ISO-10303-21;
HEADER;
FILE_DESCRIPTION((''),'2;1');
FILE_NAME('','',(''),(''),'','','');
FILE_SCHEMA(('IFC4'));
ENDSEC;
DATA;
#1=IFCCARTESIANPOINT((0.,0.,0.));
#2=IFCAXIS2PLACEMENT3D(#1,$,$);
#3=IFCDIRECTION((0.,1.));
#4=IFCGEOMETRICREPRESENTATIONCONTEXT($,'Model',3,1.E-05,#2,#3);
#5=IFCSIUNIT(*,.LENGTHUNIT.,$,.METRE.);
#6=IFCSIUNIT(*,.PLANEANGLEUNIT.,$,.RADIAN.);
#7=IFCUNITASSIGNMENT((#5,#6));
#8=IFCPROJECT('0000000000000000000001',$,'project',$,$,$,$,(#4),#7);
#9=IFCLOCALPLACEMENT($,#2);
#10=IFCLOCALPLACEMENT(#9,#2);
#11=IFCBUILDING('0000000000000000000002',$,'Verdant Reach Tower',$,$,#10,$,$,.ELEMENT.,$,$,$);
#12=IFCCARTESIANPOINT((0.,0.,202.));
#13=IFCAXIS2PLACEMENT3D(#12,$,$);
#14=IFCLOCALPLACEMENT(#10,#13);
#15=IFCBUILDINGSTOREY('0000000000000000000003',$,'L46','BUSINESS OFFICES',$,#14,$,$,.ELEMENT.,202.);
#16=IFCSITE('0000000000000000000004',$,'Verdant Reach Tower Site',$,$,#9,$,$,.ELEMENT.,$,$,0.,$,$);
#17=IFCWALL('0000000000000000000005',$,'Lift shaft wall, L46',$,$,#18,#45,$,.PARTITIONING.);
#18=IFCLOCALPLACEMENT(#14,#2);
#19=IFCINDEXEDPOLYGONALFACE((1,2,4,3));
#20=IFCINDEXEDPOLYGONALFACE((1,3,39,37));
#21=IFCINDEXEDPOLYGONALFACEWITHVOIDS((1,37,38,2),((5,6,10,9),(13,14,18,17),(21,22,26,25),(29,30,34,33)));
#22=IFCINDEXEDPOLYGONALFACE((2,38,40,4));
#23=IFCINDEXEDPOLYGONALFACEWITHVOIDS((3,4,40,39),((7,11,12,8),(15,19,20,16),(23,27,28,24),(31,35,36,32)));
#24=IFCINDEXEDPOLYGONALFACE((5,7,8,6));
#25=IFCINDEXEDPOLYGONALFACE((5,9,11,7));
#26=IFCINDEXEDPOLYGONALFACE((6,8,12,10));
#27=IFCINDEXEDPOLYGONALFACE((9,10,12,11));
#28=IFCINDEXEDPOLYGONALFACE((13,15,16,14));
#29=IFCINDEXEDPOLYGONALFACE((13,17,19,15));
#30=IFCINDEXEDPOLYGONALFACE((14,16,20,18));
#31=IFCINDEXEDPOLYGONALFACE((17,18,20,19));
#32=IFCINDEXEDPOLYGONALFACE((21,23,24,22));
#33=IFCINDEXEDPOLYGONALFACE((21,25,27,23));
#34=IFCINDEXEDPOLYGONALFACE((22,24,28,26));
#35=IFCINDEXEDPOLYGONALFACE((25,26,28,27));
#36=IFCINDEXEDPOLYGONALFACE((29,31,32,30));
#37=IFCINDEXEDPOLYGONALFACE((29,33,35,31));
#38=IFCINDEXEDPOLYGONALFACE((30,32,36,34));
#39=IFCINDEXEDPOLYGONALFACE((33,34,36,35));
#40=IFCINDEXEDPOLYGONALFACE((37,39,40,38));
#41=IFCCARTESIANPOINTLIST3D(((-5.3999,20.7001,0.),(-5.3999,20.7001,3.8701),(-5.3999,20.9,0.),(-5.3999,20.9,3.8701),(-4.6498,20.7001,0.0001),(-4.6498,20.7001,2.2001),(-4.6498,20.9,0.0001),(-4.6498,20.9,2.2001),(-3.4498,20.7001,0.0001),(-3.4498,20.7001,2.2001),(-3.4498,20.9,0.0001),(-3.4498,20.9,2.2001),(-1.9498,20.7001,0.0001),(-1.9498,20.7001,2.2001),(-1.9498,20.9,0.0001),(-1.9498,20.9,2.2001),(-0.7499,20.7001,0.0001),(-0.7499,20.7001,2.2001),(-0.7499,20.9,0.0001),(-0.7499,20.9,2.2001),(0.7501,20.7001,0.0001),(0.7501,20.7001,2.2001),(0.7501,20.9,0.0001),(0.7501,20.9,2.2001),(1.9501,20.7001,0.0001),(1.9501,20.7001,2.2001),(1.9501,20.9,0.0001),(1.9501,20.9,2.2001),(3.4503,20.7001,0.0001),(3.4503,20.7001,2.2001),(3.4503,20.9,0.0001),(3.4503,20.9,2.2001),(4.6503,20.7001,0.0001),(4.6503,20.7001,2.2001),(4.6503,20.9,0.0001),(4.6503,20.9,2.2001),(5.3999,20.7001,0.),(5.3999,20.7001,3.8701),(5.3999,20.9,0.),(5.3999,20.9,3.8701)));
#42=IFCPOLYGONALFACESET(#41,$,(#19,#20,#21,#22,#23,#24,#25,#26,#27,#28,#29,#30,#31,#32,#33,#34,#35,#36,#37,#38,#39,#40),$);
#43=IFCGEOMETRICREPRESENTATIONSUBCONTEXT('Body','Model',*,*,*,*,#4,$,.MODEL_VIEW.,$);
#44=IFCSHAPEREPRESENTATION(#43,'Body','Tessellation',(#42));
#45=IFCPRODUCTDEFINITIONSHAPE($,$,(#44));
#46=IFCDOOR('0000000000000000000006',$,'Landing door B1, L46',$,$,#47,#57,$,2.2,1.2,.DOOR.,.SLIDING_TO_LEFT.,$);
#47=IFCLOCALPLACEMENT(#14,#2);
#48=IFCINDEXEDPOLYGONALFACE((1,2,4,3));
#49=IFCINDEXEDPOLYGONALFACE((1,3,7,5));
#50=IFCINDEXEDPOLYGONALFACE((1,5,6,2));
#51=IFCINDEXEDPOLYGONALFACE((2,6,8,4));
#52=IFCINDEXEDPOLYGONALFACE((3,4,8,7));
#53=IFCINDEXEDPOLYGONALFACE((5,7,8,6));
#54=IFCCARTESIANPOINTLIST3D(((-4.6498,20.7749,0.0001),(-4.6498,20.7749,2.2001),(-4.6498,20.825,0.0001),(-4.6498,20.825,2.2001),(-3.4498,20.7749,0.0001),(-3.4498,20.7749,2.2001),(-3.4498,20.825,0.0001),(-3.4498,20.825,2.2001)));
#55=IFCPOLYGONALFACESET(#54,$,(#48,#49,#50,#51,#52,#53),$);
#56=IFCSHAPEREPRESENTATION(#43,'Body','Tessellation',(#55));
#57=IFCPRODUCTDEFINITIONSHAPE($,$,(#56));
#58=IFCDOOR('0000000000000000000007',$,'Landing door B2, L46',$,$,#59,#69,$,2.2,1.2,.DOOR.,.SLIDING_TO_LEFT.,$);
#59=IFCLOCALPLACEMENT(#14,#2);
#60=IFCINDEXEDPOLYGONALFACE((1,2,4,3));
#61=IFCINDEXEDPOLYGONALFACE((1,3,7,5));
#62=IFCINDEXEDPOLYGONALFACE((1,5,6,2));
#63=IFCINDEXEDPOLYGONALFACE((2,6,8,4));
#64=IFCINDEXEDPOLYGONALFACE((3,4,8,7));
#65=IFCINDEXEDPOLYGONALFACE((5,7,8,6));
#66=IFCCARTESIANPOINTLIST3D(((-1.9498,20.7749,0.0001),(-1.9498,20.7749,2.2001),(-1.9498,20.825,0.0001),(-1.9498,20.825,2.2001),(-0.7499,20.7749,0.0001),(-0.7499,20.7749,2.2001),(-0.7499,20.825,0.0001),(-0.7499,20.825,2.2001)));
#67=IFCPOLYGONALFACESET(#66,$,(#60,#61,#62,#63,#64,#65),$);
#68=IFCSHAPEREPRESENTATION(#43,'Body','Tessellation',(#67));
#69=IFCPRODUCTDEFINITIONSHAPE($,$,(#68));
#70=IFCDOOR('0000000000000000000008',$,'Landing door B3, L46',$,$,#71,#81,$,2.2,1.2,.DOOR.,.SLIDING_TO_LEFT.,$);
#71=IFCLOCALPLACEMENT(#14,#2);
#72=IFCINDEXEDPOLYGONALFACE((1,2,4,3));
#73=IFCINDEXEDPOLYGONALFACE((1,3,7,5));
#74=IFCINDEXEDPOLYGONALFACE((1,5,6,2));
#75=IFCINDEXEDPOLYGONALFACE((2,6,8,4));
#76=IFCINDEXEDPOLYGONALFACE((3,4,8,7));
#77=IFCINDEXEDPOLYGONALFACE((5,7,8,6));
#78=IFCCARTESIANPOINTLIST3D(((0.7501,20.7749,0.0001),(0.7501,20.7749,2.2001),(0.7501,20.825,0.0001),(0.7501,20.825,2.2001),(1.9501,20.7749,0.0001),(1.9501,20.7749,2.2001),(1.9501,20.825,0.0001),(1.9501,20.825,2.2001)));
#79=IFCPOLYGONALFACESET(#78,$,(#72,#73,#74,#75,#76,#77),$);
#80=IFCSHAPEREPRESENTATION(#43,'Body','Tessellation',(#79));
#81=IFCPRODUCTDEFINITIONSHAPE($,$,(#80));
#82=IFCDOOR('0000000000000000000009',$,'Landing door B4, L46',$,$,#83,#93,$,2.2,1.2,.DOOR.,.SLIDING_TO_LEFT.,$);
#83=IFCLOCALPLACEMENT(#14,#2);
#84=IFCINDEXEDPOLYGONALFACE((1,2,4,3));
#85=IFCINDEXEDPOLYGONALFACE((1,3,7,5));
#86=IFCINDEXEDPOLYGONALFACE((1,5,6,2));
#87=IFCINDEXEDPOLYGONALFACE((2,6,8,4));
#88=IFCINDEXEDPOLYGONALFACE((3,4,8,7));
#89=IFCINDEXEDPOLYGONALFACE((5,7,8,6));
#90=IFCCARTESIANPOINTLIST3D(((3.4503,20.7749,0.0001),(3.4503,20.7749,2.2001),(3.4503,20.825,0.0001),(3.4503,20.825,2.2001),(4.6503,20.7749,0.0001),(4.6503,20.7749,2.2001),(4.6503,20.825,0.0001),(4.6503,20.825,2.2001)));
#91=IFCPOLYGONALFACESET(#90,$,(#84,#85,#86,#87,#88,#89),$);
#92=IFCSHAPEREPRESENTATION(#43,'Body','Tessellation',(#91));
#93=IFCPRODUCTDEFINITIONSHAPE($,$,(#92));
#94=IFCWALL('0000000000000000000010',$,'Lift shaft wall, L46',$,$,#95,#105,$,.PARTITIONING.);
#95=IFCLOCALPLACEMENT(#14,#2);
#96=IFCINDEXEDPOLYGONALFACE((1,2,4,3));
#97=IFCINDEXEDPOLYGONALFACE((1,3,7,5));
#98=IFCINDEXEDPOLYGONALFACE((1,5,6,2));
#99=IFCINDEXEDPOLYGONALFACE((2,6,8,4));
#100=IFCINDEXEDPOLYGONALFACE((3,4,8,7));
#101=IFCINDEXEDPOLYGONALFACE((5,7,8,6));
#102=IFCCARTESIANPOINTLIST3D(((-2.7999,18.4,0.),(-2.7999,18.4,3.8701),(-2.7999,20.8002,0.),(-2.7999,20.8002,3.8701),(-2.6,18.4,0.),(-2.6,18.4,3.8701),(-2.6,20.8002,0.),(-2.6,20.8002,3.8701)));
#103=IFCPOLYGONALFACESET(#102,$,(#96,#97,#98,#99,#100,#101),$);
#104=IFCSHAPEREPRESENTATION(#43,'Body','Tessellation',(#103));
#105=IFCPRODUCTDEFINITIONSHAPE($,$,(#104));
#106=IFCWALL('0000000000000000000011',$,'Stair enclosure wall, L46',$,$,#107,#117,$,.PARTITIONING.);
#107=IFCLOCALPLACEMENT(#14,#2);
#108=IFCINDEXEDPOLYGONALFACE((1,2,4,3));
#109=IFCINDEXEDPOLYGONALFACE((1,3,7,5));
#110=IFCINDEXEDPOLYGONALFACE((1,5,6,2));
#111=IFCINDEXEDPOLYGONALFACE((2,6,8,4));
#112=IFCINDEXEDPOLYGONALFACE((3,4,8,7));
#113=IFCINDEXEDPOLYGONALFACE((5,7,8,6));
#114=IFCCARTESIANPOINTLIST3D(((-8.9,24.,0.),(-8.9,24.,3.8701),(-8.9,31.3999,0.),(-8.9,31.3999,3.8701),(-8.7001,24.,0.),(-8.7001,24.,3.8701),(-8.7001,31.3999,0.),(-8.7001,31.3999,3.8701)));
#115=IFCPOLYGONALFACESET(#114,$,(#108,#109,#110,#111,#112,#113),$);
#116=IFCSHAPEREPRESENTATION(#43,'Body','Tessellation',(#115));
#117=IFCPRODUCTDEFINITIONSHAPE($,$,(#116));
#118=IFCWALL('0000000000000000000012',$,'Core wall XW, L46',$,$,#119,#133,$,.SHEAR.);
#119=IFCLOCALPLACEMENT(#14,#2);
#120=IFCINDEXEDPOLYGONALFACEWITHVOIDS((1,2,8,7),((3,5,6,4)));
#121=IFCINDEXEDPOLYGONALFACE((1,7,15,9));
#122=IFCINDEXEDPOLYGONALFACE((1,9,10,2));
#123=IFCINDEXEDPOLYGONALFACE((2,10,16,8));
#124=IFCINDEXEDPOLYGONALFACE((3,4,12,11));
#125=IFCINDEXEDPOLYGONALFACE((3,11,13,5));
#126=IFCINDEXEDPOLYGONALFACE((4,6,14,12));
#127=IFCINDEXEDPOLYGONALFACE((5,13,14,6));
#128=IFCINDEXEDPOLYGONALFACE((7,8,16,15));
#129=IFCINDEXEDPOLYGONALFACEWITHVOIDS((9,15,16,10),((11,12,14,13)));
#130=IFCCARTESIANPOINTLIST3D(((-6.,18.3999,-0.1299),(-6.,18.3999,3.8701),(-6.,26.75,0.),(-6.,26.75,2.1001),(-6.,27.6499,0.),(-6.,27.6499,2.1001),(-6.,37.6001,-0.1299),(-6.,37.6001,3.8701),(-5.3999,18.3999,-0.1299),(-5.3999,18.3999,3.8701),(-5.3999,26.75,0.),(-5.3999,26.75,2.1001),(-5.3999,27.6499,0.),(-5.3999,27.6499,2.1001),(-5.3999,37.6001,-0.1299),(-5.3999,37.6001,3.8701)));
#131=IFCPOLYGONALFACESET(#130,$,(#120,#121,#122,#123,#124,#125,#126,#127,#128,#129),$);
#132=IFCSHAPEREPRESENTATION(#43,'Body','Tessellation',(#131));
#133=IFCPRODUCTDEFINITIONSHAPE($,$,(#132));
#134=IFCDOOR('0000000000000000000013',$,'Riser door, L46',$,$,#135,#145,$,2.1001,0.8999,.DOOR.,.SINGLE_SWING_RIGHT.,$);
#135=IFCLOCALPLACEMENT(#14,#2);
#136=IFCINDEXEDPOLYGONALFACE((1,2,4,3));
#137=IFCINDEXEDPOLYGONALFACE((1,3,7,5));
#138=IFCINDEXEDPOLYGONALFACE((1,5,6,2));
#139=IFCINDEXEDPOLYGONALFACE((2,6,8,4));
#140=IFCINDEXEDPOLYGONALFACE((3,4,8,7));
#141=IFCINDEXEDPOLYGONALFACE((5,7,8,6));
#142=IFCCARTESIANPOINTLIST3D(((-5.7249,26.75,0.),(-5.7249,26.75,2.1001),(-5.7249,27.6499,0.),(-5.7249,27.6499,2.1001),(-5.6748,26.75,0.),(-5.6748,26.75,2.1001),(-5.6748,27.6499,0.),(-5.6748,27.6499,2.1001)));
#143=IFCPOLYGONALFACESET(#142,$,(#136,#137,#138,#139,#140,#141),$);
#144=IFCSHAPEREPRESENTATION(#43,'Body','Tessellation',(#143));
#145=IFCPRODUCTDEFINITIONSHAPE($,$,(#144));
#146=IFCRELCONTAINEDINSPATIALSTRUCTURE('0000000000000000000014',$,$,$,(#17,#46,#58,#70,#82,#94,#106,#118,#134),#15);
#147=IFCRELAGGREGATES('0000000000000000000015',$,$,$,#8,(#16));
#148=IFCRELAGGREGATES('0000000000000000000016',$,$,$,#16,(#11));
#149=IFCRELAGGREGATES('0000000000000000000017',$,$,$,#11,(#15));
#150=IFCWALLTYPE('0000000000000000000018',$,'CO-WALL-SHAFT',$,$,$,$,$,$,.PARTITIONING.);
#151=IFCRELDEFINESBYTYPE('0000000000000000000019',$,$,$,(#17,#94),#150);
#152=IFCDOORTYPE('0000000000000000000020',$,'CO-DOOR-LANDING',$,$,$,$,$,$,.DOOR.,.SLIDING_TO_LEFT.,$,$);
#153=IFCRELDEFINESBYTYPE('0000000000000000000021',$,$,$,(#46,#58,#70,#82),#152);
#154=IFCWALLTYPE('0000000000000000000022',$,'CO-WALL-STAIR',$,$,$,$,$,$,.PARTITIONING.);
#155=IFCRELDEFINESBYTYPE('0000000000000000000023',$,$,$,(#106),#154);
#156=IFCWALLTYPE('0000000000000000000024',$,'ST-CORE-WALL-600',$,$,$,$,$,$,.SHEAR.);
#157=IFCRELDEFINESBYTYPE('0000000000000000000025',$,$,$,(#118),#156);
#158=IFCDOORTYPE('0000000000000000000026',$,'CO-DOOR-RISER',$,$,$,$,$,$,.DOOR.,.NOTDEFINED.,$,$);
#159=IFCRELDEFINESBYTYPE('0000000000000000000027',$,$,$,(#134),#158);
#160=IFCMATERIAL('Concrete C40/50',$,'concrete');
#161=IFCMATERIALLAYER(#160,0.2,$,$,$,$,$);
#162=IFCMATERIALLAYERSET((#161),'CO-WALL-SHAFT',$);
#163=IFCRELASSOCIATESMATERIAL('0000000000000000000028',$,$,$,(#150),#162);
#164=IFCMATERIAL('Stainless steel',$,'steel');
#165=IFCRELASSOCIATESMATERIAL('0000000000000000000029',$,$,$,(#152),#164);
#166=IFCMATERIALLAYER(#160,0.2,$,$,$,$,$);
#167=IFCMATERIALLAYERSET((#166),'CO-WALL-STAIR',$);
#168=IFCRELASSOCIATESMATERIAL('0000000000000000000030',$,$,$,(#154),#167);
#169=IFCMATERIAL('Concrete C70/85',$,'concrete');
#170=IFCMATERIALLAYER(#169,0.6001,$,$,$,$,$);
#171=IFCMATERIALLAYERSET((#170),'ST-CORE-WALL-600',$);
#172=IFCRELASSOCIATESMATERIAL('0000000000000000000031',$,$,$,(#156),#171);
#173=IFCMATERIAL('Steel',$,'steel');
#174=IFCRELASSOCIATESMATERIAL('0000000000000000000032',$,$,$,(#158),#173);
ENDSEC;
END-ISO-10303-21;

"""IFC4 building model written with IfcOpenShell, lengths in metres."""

from ifc_helpers import new_model, si_unit, direction, frame, frame_2d, origin, place, context, subcontext, project, spatial, rectangle, extrude, material, layer, layer_set, type_object, element, fill, save


model = new_model("IFC4")

# Units and contexts
model_context = context("Model", 3, precision=1e-05, world=origin(), true_north=direction((0.0, 1.0)))
body_context = subcontext(model_context, "Body", "Model", "MODEL_VIEW")
ifc_project = project(units=[si_unit("LENGTHUNIT", "METRE"), si_unit("PLANEANGLEUNIT", "RADIAN")], contexts=[model_context])

# Site, building, storey
site_placement = place(None, origin())
site = spatial("IfcSite", under=ifc_project, at=site_placement, Name="Verdant Reach Tower Site", CompositionType="ELEMENT", RefElevation=0.0)
building_placement = place(site_placement, origin())
building = spatial("IfcBuilding", under=site, at=building_placement, Name="Verdant Reach Tower", CompositionType="ELEMENT")
storey_placement = place(building_placement, frame((0.0, 0.0, 202.0)))
storey = spatial("IfcBuildingStorey", under=building, at=storey_placement, Name="L46", Description="BUSINESS OFFICES", CompositionType="ELEMENT", Elevation=202.0)

# Wall, openings, doors
ifc_material_1 = material(Name="Concrete C40/50", Category="concrete")
ifc_layer_1 = layer(ifc_material_1, 0.2)
ifc_layer_set_1 = layer_set([ifc_layer_1], Name="CO-WALL-SHAFT")
wall_type_1 = type_object("IfcWallType", Name="CO-WALL-SHAFT", PredefinedType="PARTITIONING", material=ifc_layer_set_1)
wall_1_placement = place(storey_placement, frame((-5.3999, 20.8, 0.0), z_axis=(0.0, 0.0, 1.0), x_axis=(1.0, 0.0, 0.0)))
wall_1 = element("IfcWall", 1, at=wall_1_placement, inside=storey, type_object=wall_type_1, Name="Lift shaft wall, L46", PredefinedType="PARTITIONING", context=body_context, shape_type="SweptSolid", body=[
    extrude(rectangle(XDim=10.7998, YDim=0.2, at=frame_2d((5.3999, 0.0))), origin(), (0.0, 0.0, 1.0), 3.8701),
])
opening_1_placement = place(wall_1_placement, frame((0.75, 0.0, 0.0)))
opening_1 = element("IfcOpeningElement", 2, at=opening_1_placement, cuts=wall_1, PredefinedType="OPENING", context=body_context, shape_type="SweptSolid", body=[
    extrude(rectangle(XDim=1.2, YDim=2.2, at=frame_2d((0.6001, 1.1001))), frame((0.0, 0.1099, 0.0), z_axis=(0.0, -1.0, 0.0), x_axis=(1.0, 0.0, 0.0)), (0.0, 0.0, 1.0), 0.22),
])
opening_2_placement = place(wall_1_placement, frame((3.45, 0.0, 0.0)))
opening_2 = element("IfcOpeningElement", 3, at=opening_2_placement, cuts=wall_1, PredefinedType="OPENING", context=body_context, shape_type="SweptSolid", body=[
    extrude(rectangle(XDim=1.2, YDim=2.2, at=frame_2d((0.6001, 1.1001))), frame((0.0, 0.1099, 0.0), z_axis=(0.0, -1.0, 0.0), x_axis=(1.0, 0.0, 0.0)), (0.0, 0.0, 1.0), 0.22),
])
opening_3_placement = place(wall_1_placement, frame((6.1499, 0.0, 0.0)))
opening_3 = element("IfcOpeningElement", 4, at=opening_3_placement, cuts=wall_1, PredefinedType="OPENING", context=body_context, shape_type="SweptSolid", body=[
    extrude(rectangle(XDim=1.2, YDim=2.2, at=frame_2d((0.6001, 1.1001))), frame((0.0, 0.1099, 0.0), z_axis=(0.0, -1.0, 0.0), x_axis=(1.0, 0.0, 0.0)), (0.0, 0.0, 1.0), 0.22),
])
opening_4_placement = place(wall_1_placement, frame((8.8501, 0.0, 0.0)))
opening_4 = element("IfcOpeningElement", 5, at=opening_4_placement, cuts=wall_1, PredefinedType="OPENING", context=body_context, shape_type="SweptSolid", body=[
    extrude(rectangle(XDim=1.2, YDim=2.2, at=frame_2d((0.6001, 1.1001))), frame((0.0, 0.1099, 0.0), z_axis=(0.0, -1.0, 0.0), x_axis=(1.0, 0.0, 0.0)), (0.0, 0.0, 1.0), 0.22),
])
ifc_material_2 = material(Name="Stainless steel", Category="steel")
door_type_1 = type_object("IfcDoorType", Name="CO-DOOR-LANDING", OperationType="SLIDING_TO_LEFT", PredefinedType="DOOR", material=ifc_material_2)
door_1_placement = place(opening_1_placement, origin())
door_1 = element("IfcDoor", 6, at=door_1_placement, inside=storey, type_object=door_type_1, Name="Landing door B1, L46", OperationType="SLIDING_TO_LEFT", OverallHeight=2.2, OverallWidth=1.2, PredefinedType="DOOR", context=body_context, shape_type="SweptSolid", body=[
    extrude(rectangle(XDim=1.2, YDim=2.2, at=frame_2d((0.6001, 1.1001))), frame((0.0, 0.0249, 0.0), z_axis=(0.0, -1.0, 0.0), x_axis=(1.0, 0.0, 0.0)), (0.0, 0.0, 1.0), 0.05),
])
fill(opening_1, door_1)
door_2_placement = place(opening_2_placement, origin())
door_2 = element("IfcDoor", 7, at=door_2_placement, inside=storey, type_object=door_type_1, Name="Landing door B2, L46", OperationType="SLIDING_TO_LEFT", OverallHeight=2.2, OverallWidth=1.2, PredefinedType="DOOR", context=body_context, shape_type="SweptSolid", body=[
    extrude(rectangle(XDim=1.2, YDim=2.2, at=frame_2d((0.6001, 1.1001))), frame((0.0, 0.0249, 0.0), z_axis=(0.0, -1.0, 0.0), x_axis=(1.0, 0.0, 0.0)), (0.0, 0.0, 1.0), 0.05),
])
fill(opening_2, door_2)
door_3_placement = place(opening_3_placement, origin())
door_3 = element("IfcDoor", 8, at=door_3_placement, inside=storey, type_object=door_type_1, Name="Landing door B3, L46", OperationType="SLIDING_TO_LEFT", OverallHeight=2.2, OverallWidth=1.2, PredefinedType="DOOR", context=body_context, shape_type="SweptSolid", body=[
    extrude(rectangle(XDim=1.2, YDim=2.2, at=frame_2d((0.6001, 1.1001))), frame((0.0, 0.0249, 0.0), z_axis=(0.0, -1.0, 0.0), x_axis=(1.0, 0.0, 0.0)), (0.0, 0.0, 1.0), 0.05),
])
fill(opening_3, door_3)
door_4_placement = place(opening_4_placement, origin())
door_4 = element("IfcDoor", 9, at=door_4_placement, inside=storey, type_object=door_type_1, Name="Landing door B4, L46", OperationType="SLIDING_TO_LEFT", OverallHeight=2.2, OverallWidth=1.2, PredefinedType="DOOR", context=body_context, shape_type="SweptSolid", body=[
    extrude(rectangle(XDim=1.2, YDim=2.2, at=frame_2d((0.6001, 1.1001))), frame((0.0, 0.0249, 0.0), z_axis=(0.0, -1.0, 0.0), x_axis=(1.0, 0.0, 0.0)), (0.0, 0.0, 1.0), 0.05),
])
fill(opening_4, door_4)

# Walls
wall_2_placement = place(storey_placement, frame((-2.7, 18.3999, 0.0), z_axis=(0.0, 0.0, 1.0), x_axis=(0.0, 1.0, 0.0)))
element("IfcWall", 10, at=wall_2_placement, inside=storey, type_object=wall_type_1, Name="Lift shaft wall, L46", PredefinedType="PARTITIONING", context=body_context, shape_type="SweptSolid", body=[
    extrude(rectangle(XDim=2.4001, YDim=0.2, at=frame_2d((1.2002, 0.0))), origin(), (0.0, 0.0, 1.0), 3.8701),
])
ifc_layer_2 = layer(ifc_material_1, 0.2)
ifc_layer_set_2 = layer_set([ifc_layer_2], Name="CO-WALL-STAIR")
wall_type_2 = type_object("IfcWallType", Name="CO-WALL-STAIR", PredefinedType="PARTITIONING", material=ifc_layer_set_2)
wall_3_placement = place(storey_placement, frame((-8.8, 24.0, 0.0), z_axis=(0.0, 0.0, 1.0), x_axis=(0.0, 1.0, 0.0)))
element("IfcWall", 11, at=wall_3_placement, inside=storey, type_object=wall_type_2, Name="Stair enclosure wall, L46", PredefinedType="PARTITIONING", context=body_context, shape_type="SweptSolid", body=[
    extrude(rectangle(XDim=7.3999, YDim=0.2, at=frame_2d((3.7, 0.0))), origin(), (0.0, 0.0, 1.0), 3.8701),
])

# Wall, opening, door
ifc_material_3 = material(Name="Concrete C70/85", Category="concrete")
ifc_layer_3 = layer(ifc_material_3, 0.6001)
ifc_layer_set_3 = layer_set([ifc_layer_3], Name="ST-CORE-WALL-600")
wall_type_3 = type_object("IfcWallType", Name="ST-CORE-WALL-600", PredefinedType="SHEAR", material=ifc_layer_set_3)
wall_4_placement = place(storey_placement, frame((-5.7, 18.3999, -0.1299), z_axis=(0.0, 0.0, 1.0), x_axis=(0.0, 1.0, 0.0)))
wall_4 = element("IfcWall", 12, at=wall_4_placement, inside=storey, type_object=wall_type_3, Name="Core wall XW, L46", PredefinedType="SHEAR", context=body_context, shape_type="SweptSolid", body=[
    extrude(rectangle(XDim=19.2002, YDim=0.6001, at=frame_2d((9.6001, 0.0))), origin(), (0.0, 0.0, 1.0), 4.0),
])
opening_5_placement = place(wall_4_placement, frame((8.3501, 0.0, 0.1299)))
opening_5 = element("IfcOpeningElement", 13, at=opening_5_placement, cuts=wall_4, PredefinedType="OPENING", context=body_context, shape_type="SweptSolid", body=[
    extrude(rectangle(XDim=0.8999, YDim=2.1001, at=frame_2d((0.45, 1.05))), frame((0.0, 0.3101, 0.0), z_axis=(0.0, -1.0, 0.0), x_axis=(1.0, 0.0, 0.0)), (0.0, 0.0, 1.0), 0.6201),
])
ifc_material_4 = material(Name="Steel", Category="steel")
door_type_2 = type_object("IfcDoorType", Name="CO-DOOR-RISER", OperationType="NOTDEFINED", PredefinedType="DOOR", material=ifc_material_4)
door_5_placement = place(opening_5_placement, origin())
door_5 = element("IfcDoor", 14, at=door_5_placement, inside=storey, type_object=door_type_2, Name="Riser door, L46", OperationType="SINGLE_SWING_RIGHT", OverallHeight=2.1001, OverallWidth=0.8999, PredefinedType="DOOR", context=body_context, shape_type="SweptSolid", body=[
    extrude(rectangle(XDim=0.8999, YDim=2.1001, at=frame_2d((0.45, 1.05))), frame((0.0, 0.0249, 0.0), z_axis=(0.0, -1.0, 0.0), x_axis=(1.0, 0.0, 0.0)), (0.0, 0.0, 1.0), 0.05),
])
fill(opening_5, door_5)

save(model, "model.ifc")
